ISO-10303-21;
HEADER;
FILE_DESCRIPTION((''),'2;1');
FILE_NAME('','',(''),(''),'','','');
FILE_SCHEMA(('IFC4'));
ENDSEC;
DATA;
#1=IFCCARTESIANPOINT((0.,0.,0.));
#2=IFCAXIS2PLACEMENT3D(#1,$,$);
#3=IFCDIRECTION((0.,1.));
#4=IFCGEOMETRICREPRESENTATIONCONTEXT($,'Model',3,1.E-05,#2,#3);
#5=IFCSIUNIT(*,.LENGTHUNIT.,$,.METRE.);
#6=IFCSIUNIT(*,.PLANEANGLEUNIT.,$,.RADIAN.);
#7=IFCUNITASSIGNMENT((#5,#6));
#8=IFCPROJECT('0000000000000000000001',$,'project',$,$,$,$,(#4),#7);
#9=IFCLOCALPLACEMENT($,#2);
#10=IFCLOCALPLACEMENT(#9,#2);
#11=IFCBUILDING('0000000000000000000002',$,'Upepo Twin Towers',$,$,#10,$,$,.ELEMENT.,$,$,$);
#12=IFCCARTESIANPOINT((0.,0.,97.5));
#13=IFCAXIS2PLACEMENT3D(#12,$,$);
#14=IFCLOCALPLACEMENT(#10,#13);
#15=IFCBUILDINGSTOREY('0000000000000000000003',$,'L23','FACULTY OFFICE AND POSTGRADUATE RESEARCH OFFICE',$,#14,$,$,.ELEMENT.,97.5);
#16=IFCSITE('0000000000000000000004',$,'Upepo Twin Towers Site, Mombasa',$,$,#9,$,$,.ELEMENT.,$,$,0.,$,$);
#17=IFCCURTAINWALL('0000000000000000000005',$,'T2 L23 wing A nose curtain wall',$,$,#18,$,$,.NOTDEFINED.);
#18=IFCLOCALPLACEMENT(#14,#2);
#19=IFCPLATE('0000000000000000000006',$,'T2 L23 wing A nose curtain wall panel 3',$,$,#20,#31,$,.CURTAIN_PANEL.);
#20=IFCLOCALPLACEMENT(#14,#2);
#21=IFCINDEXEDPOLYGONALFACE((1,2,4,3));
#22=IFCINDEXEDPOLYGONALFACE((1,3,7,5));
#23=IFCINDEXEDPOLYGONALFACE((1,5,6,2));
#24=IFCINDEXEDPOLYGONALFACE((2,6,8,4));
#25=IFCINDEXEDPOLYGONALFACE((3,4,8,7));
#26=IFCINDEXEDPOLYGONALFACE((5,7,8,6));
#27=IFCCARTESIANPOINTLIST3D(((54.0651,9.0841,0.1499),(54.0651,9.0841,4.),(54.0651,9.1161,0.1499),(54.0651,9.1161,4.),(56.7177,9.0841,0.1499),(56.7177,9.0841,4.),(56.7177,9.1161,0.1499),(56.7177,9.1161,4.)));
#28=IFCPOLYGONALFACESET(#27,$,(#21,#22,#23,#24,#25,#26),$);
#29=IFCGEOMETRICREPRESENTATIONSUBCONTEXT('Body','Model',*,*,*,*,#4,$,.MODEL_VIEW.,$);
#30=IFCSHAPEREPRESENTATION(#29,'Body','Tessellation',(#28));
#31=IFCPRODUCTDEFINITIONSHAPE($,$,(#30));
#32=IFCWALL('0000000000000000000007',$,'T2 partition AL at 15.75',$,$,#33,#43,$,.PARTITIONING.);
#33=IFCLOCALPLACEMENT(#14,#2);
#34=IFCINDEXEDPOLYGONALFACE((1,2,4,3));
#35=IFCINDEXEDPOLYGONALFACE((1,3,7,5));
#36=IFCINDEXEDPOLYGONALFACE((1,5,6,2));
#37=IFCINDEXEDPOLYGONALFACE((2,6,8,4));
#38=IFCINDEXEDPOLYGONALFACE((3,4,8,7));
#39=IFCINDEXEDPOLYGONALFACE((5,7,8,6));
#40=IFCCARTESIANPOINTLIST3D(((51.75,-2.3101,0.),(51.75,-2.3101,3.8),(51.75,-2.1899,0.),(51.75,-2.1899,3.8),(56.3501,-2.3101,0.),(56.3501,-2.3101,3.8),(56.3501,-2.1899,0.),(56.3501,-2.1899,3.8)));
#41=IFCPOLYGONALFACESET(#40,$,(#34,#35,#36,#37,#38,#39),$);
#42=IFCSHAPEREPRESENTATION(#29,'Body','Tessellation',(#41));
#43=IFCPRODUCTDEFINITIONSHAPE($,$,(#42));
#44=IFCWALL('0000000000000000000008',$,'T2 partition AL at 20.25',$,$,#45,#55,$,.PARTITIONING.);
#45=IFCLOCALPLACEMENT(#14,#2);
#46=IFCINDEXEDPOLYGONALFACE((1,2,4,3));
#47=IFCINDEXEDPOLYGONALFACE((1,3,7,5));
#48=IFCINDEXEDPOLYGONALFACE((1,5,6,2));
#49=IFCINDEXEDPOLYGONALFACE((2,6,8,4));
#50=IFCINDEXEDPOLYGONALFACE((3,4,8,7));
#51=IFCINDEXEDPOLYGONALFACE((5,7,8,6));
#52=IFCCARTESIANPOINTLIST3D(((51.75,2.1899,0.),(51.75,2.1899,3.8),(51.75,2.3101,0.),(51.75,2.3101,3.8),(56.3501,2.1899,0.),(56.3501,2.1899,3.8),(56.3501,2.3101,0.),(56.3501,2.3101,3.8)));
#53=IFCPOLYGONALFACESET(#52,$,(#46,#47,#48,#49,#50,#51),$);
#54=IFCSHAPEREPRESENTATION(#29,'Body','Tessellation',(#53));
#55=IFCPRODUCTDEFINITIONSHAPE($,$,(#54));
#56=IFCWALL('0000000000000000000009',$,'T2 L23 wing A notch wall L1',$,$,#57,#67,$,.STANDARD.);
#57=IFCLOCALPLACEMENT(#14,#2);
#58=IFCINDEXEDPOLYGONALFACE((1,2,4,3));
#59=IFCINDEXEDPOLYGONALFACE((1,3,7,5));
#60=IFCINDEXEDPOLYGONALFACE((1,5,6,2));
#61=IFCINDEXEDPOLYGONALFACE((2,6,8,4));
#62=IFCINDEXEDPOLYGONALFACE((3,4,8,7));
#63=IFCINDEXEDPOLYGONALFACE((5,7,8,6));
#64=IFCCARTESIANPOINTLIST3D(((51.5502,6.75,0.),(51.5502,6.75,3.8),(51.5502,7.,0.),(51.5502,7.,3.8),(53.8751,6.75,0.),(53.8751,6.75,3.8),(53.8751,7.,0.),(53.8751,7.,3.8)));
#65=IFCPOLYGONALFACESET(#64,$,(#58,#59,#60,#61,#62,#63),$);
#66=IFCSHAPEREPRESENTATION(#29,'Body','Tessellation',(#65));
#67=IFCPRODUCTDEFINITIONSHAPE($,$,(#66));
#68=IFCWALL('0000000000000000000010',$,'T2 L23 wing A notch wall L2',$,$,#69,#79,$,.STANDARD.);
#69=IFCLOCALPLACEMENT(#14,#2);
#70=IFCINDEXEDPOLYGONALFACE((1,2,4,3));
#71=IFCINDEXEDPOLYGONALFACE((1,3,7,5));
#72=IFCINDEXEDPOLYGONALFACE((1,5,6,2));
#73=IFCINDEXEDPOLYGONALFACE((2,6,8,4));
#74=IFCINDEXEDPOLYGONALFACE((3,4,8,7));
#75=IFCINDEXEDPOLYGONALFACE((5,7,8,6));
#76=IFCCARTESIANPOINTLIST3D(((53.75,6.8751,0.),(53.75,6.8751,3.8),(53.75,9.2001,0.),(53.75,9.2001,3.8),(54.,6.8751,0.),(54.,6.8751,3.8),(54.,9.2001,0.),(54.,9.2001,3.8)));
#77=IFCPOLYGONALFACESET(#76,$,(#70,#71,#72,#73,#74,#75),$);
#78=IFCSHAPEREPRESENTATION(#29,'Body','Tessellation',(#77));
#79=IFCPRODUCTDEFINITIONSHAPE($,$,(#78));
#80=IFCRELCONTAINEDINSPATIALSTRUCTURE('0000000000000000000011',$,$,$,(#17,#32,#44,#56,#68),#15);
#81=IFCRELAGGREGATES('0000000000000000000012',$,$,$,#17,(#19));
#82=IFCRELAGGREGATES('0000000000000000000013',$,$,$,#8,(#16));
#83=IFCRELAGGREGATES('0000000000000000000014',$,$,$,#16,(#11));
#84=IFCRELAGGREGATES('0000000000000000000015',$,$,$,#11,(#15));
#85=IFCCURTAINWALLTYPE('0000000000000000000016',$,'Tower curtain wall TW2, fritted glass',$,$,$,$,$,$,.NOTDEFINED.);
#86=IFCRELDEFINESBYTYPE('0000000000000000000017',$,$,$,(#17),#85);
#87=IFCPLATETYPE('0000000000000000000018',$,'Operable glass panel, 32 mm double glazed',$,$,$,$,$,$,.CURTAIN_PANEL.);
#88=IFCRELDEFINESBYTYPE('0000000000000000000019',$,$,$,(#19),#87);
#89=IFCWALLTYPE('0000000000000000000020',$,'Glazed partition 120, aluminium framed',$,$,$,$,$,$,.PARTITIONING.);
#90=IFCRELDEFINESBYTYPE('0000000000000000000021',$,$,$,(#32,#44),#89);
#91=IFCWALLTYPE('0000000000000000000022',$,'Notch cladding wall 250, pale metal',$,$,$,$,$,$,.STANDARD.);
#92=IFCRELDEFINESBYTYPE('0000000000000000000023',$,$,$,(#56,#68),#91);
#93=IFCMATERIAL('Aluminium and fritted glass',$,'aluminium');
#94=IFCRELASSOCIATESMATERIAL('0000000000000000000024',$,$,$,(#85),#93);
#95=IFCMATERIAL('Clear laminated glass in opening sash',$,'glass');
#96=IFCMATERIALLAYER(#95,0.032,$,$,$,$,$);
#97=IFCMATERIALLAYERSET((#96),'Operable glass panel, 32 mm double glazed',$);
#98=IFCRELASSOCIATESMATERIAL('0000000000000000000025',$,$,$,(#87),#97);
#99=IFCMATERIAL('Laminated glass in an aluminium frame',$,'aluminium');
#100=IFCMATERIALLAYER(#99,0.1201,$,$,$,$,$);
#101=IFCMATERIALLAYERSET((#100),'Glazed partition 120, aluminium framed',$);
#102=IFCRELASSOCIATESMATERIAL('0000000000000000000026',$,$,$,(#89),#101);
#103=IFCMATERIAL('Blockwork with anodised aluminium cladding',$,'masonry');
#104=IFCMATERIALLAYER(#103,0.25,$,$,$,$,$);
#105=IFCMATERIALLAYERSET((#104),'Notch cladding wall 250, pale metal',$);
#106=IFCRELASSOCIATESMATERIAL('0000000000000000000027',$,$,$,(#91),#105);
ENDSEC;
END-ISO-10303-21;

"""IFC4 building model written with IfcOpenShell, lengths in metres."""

from ifc_helpers import new_model, si_unit, direction, frame, frame_2d, origin, origin_2d, place, context, subcontext, project, spatial, rectangle, extrude, material, layer, layer_set, type_object, element, aggregate, save


model = new_model("IFC4")

# Units and contexts
model_context = context("Model", 3, precision=1e-05, world=origin(), true_north=direction((0.0, 1.0)))
body_context = subcontext(model_context, "Body", "Model", "MODEL_VIEW")
ifc_project = project(units=[si_unit("LENGTHUNIT", "METRE"), si_unit("PLANEANGLEUNIT", "RADIAN")], contexts=[model_context])

# Site, building, storey
site_placement = place(None, origin())
site = spatial("IfcSite", under=ifc_project, at=site_placement, Name="Upepo Twin Towers Site, Mombasa", CompositionType="ELEMENT", RefElevation=0.0)
building_placement = place(site_placement, origin())
building = spatial("IfcBuilding", under=site, at=building_placement, Name="Upepo Twin Towers", CompositionType="ELEMENT")
storey_placement = place(building_placement, frame((0.0, 0.0, 97.5)))
storey = spatial("IfcBuildingStorey", under=building, at=storey_placement, Name="L23", Description="FACULTY OFFICE AND POSTGRADUATE RESEARCH OFFICE", CompositionType="ELEMENT", Elevation=97.5)

# Shared definitions
ifc_material_1 = material(Name="Aluminium and fritted glass", Category="aluminium")
curtain_wall_type = type_object("IfcCurtainWallType", Name="Tower curtain wall TW2, fritted glass", PredefinedType="NOTDEFINED", material=ifc_material_1)

# Curtain wall
curtain_wall_1_placement = place(storey_placement, origin())
curtain_wall_1 = element("IfcCurtainWall", 1, at=curtain_wall_1_placement, inside=storey, type_object=curtain_wall_type, Name="T2 L23 wing A nose curtain wall", PredefinedType="NOTDEFINED")

# Plate
ifc_material_2 = material(Name="Clear laminated glass in opening sash", Category="glass")
ifc_layer_1 = layer(ifc_material_2, 0.032)
ifc_layer_set_1 = layer_set([ifc_layer_1], Name="Operable glass panel, 32 mm double glazed")
plate_type_1 = type_object("IfcPlateType", Name="Operable glass panel, 32 mm double glazed", PredefinedType="CURTAIN_PANEL", material=ifc_layer_set_1)
plate_1_placement = place(storey_placement, frame((55.3914, 9.1001, 0.1499), z_axis=(0.0, 0.0, 1.0), x_axis=(-1.0, 0.0, 0.0)))
plate_1 = element("IfcPlate", 2, at=plate_1_placement, type_object=plate_type_1, Name="T2 L23 wing A nose curtain wall panel 3", PredefinedType="CURTAIN_PANEL", context=body_context, shape_type="SweptSolid", body=[
    extrude(rectangle(XDim=2.6526, YDim=0.032, at=origin_2d()), origin(), (0.0, 0.0, 1.0), 3.8501),
])
aggregate(curtain_wall_1, [plate_1])

# Walls
ifc_material_3 = material(Name="Laminated glass in an aluminium frame", Category="aluminium")
ifc_layer_2 = layer(ifc_material_3, 0.1201)
ifc_layer_set_2 = layer_set([ifc_layer_2], Name="Glazed partition 120, aluminium framed")
wall_type_1 = type_object("IfcWallType", Name="Glazed partition 120, aluminium framed", PredefinedType="PARTITIONING", material=ifc_layer_set_2)
for number, where, z_axis, x_axis, name in (
    (3, (56.3501, -2.25, 0.0), (0.0, 0.0, 1.0), (-1.0, 0.0, 0.0), "T2 partition AL at 15.75"),
    (4, (56.3501, 2.25, 0.0), (0.0, 0.0, 1.0), (-1.0, 0.0, 0.0), "T2 partition AL at 20.25"),
):
    element("IfcWall", number, at=place(storey_placement, frame(where, z_axis=z_axis, x_axis=x_axis)), inside=storey, type_object=wall_type_1, Name=name, PredefinedType="PARTITIONING", context=body_context, shape_type="SweptSolid", body=[
        extrude(rectangle(XDim=4.6001, YDim=0.1201, at=frame_2d((2.3, 0.0))), origin(), (0.0, 0.0, 1.0), 3.8),
    ])
ifc_material_4 = material(Name="Blockwork with anodised aluminium cladding", Category="masonry")
ifc_layer_3 = layer(ifc_material_4, 0.25)
ifc_layer_set_3 = layer_set([ifc_layer_3], Name="Notch cladding wall 250, pale metal")
wall_type_2 = type_object("IfcWallType", Name="Notch cladding wall 250, pale metal", PredefinedType="STANDARD", material=ifc_layer_set_3)
for number, where, z_axis, x_axis, name in (
    (5, (51.55, 6.875, 0.0), (0.0, 0.0, 1.0), (1.0, 0.0, 0.0), "T2 L23 wing A notch wall L1"),
    (6, (53.875, 6.875, 0.0), (0.0, 0.0, 1.0), (0.0, 1.0, 0.0), "T2 L23 wing A notch wall L2"),
):
    element("IfcWall", number, at=place(storey_placement, frame(where, z_axis=z_axis, x_axis=x_axis)), inside=storey, type_object=wall_type_2, Name=name, PredefinedType="STANDARD", context=body_context, shape_type="SweptSolid", body=[
        extrude(rectangle(XDim=2.325, YDim=0.25, at=frame_2d((1.1626, 0.0))), origin(), (0.0, 0.0, 1.0), 3.8),
    ])

save(model, "model.ifc")
